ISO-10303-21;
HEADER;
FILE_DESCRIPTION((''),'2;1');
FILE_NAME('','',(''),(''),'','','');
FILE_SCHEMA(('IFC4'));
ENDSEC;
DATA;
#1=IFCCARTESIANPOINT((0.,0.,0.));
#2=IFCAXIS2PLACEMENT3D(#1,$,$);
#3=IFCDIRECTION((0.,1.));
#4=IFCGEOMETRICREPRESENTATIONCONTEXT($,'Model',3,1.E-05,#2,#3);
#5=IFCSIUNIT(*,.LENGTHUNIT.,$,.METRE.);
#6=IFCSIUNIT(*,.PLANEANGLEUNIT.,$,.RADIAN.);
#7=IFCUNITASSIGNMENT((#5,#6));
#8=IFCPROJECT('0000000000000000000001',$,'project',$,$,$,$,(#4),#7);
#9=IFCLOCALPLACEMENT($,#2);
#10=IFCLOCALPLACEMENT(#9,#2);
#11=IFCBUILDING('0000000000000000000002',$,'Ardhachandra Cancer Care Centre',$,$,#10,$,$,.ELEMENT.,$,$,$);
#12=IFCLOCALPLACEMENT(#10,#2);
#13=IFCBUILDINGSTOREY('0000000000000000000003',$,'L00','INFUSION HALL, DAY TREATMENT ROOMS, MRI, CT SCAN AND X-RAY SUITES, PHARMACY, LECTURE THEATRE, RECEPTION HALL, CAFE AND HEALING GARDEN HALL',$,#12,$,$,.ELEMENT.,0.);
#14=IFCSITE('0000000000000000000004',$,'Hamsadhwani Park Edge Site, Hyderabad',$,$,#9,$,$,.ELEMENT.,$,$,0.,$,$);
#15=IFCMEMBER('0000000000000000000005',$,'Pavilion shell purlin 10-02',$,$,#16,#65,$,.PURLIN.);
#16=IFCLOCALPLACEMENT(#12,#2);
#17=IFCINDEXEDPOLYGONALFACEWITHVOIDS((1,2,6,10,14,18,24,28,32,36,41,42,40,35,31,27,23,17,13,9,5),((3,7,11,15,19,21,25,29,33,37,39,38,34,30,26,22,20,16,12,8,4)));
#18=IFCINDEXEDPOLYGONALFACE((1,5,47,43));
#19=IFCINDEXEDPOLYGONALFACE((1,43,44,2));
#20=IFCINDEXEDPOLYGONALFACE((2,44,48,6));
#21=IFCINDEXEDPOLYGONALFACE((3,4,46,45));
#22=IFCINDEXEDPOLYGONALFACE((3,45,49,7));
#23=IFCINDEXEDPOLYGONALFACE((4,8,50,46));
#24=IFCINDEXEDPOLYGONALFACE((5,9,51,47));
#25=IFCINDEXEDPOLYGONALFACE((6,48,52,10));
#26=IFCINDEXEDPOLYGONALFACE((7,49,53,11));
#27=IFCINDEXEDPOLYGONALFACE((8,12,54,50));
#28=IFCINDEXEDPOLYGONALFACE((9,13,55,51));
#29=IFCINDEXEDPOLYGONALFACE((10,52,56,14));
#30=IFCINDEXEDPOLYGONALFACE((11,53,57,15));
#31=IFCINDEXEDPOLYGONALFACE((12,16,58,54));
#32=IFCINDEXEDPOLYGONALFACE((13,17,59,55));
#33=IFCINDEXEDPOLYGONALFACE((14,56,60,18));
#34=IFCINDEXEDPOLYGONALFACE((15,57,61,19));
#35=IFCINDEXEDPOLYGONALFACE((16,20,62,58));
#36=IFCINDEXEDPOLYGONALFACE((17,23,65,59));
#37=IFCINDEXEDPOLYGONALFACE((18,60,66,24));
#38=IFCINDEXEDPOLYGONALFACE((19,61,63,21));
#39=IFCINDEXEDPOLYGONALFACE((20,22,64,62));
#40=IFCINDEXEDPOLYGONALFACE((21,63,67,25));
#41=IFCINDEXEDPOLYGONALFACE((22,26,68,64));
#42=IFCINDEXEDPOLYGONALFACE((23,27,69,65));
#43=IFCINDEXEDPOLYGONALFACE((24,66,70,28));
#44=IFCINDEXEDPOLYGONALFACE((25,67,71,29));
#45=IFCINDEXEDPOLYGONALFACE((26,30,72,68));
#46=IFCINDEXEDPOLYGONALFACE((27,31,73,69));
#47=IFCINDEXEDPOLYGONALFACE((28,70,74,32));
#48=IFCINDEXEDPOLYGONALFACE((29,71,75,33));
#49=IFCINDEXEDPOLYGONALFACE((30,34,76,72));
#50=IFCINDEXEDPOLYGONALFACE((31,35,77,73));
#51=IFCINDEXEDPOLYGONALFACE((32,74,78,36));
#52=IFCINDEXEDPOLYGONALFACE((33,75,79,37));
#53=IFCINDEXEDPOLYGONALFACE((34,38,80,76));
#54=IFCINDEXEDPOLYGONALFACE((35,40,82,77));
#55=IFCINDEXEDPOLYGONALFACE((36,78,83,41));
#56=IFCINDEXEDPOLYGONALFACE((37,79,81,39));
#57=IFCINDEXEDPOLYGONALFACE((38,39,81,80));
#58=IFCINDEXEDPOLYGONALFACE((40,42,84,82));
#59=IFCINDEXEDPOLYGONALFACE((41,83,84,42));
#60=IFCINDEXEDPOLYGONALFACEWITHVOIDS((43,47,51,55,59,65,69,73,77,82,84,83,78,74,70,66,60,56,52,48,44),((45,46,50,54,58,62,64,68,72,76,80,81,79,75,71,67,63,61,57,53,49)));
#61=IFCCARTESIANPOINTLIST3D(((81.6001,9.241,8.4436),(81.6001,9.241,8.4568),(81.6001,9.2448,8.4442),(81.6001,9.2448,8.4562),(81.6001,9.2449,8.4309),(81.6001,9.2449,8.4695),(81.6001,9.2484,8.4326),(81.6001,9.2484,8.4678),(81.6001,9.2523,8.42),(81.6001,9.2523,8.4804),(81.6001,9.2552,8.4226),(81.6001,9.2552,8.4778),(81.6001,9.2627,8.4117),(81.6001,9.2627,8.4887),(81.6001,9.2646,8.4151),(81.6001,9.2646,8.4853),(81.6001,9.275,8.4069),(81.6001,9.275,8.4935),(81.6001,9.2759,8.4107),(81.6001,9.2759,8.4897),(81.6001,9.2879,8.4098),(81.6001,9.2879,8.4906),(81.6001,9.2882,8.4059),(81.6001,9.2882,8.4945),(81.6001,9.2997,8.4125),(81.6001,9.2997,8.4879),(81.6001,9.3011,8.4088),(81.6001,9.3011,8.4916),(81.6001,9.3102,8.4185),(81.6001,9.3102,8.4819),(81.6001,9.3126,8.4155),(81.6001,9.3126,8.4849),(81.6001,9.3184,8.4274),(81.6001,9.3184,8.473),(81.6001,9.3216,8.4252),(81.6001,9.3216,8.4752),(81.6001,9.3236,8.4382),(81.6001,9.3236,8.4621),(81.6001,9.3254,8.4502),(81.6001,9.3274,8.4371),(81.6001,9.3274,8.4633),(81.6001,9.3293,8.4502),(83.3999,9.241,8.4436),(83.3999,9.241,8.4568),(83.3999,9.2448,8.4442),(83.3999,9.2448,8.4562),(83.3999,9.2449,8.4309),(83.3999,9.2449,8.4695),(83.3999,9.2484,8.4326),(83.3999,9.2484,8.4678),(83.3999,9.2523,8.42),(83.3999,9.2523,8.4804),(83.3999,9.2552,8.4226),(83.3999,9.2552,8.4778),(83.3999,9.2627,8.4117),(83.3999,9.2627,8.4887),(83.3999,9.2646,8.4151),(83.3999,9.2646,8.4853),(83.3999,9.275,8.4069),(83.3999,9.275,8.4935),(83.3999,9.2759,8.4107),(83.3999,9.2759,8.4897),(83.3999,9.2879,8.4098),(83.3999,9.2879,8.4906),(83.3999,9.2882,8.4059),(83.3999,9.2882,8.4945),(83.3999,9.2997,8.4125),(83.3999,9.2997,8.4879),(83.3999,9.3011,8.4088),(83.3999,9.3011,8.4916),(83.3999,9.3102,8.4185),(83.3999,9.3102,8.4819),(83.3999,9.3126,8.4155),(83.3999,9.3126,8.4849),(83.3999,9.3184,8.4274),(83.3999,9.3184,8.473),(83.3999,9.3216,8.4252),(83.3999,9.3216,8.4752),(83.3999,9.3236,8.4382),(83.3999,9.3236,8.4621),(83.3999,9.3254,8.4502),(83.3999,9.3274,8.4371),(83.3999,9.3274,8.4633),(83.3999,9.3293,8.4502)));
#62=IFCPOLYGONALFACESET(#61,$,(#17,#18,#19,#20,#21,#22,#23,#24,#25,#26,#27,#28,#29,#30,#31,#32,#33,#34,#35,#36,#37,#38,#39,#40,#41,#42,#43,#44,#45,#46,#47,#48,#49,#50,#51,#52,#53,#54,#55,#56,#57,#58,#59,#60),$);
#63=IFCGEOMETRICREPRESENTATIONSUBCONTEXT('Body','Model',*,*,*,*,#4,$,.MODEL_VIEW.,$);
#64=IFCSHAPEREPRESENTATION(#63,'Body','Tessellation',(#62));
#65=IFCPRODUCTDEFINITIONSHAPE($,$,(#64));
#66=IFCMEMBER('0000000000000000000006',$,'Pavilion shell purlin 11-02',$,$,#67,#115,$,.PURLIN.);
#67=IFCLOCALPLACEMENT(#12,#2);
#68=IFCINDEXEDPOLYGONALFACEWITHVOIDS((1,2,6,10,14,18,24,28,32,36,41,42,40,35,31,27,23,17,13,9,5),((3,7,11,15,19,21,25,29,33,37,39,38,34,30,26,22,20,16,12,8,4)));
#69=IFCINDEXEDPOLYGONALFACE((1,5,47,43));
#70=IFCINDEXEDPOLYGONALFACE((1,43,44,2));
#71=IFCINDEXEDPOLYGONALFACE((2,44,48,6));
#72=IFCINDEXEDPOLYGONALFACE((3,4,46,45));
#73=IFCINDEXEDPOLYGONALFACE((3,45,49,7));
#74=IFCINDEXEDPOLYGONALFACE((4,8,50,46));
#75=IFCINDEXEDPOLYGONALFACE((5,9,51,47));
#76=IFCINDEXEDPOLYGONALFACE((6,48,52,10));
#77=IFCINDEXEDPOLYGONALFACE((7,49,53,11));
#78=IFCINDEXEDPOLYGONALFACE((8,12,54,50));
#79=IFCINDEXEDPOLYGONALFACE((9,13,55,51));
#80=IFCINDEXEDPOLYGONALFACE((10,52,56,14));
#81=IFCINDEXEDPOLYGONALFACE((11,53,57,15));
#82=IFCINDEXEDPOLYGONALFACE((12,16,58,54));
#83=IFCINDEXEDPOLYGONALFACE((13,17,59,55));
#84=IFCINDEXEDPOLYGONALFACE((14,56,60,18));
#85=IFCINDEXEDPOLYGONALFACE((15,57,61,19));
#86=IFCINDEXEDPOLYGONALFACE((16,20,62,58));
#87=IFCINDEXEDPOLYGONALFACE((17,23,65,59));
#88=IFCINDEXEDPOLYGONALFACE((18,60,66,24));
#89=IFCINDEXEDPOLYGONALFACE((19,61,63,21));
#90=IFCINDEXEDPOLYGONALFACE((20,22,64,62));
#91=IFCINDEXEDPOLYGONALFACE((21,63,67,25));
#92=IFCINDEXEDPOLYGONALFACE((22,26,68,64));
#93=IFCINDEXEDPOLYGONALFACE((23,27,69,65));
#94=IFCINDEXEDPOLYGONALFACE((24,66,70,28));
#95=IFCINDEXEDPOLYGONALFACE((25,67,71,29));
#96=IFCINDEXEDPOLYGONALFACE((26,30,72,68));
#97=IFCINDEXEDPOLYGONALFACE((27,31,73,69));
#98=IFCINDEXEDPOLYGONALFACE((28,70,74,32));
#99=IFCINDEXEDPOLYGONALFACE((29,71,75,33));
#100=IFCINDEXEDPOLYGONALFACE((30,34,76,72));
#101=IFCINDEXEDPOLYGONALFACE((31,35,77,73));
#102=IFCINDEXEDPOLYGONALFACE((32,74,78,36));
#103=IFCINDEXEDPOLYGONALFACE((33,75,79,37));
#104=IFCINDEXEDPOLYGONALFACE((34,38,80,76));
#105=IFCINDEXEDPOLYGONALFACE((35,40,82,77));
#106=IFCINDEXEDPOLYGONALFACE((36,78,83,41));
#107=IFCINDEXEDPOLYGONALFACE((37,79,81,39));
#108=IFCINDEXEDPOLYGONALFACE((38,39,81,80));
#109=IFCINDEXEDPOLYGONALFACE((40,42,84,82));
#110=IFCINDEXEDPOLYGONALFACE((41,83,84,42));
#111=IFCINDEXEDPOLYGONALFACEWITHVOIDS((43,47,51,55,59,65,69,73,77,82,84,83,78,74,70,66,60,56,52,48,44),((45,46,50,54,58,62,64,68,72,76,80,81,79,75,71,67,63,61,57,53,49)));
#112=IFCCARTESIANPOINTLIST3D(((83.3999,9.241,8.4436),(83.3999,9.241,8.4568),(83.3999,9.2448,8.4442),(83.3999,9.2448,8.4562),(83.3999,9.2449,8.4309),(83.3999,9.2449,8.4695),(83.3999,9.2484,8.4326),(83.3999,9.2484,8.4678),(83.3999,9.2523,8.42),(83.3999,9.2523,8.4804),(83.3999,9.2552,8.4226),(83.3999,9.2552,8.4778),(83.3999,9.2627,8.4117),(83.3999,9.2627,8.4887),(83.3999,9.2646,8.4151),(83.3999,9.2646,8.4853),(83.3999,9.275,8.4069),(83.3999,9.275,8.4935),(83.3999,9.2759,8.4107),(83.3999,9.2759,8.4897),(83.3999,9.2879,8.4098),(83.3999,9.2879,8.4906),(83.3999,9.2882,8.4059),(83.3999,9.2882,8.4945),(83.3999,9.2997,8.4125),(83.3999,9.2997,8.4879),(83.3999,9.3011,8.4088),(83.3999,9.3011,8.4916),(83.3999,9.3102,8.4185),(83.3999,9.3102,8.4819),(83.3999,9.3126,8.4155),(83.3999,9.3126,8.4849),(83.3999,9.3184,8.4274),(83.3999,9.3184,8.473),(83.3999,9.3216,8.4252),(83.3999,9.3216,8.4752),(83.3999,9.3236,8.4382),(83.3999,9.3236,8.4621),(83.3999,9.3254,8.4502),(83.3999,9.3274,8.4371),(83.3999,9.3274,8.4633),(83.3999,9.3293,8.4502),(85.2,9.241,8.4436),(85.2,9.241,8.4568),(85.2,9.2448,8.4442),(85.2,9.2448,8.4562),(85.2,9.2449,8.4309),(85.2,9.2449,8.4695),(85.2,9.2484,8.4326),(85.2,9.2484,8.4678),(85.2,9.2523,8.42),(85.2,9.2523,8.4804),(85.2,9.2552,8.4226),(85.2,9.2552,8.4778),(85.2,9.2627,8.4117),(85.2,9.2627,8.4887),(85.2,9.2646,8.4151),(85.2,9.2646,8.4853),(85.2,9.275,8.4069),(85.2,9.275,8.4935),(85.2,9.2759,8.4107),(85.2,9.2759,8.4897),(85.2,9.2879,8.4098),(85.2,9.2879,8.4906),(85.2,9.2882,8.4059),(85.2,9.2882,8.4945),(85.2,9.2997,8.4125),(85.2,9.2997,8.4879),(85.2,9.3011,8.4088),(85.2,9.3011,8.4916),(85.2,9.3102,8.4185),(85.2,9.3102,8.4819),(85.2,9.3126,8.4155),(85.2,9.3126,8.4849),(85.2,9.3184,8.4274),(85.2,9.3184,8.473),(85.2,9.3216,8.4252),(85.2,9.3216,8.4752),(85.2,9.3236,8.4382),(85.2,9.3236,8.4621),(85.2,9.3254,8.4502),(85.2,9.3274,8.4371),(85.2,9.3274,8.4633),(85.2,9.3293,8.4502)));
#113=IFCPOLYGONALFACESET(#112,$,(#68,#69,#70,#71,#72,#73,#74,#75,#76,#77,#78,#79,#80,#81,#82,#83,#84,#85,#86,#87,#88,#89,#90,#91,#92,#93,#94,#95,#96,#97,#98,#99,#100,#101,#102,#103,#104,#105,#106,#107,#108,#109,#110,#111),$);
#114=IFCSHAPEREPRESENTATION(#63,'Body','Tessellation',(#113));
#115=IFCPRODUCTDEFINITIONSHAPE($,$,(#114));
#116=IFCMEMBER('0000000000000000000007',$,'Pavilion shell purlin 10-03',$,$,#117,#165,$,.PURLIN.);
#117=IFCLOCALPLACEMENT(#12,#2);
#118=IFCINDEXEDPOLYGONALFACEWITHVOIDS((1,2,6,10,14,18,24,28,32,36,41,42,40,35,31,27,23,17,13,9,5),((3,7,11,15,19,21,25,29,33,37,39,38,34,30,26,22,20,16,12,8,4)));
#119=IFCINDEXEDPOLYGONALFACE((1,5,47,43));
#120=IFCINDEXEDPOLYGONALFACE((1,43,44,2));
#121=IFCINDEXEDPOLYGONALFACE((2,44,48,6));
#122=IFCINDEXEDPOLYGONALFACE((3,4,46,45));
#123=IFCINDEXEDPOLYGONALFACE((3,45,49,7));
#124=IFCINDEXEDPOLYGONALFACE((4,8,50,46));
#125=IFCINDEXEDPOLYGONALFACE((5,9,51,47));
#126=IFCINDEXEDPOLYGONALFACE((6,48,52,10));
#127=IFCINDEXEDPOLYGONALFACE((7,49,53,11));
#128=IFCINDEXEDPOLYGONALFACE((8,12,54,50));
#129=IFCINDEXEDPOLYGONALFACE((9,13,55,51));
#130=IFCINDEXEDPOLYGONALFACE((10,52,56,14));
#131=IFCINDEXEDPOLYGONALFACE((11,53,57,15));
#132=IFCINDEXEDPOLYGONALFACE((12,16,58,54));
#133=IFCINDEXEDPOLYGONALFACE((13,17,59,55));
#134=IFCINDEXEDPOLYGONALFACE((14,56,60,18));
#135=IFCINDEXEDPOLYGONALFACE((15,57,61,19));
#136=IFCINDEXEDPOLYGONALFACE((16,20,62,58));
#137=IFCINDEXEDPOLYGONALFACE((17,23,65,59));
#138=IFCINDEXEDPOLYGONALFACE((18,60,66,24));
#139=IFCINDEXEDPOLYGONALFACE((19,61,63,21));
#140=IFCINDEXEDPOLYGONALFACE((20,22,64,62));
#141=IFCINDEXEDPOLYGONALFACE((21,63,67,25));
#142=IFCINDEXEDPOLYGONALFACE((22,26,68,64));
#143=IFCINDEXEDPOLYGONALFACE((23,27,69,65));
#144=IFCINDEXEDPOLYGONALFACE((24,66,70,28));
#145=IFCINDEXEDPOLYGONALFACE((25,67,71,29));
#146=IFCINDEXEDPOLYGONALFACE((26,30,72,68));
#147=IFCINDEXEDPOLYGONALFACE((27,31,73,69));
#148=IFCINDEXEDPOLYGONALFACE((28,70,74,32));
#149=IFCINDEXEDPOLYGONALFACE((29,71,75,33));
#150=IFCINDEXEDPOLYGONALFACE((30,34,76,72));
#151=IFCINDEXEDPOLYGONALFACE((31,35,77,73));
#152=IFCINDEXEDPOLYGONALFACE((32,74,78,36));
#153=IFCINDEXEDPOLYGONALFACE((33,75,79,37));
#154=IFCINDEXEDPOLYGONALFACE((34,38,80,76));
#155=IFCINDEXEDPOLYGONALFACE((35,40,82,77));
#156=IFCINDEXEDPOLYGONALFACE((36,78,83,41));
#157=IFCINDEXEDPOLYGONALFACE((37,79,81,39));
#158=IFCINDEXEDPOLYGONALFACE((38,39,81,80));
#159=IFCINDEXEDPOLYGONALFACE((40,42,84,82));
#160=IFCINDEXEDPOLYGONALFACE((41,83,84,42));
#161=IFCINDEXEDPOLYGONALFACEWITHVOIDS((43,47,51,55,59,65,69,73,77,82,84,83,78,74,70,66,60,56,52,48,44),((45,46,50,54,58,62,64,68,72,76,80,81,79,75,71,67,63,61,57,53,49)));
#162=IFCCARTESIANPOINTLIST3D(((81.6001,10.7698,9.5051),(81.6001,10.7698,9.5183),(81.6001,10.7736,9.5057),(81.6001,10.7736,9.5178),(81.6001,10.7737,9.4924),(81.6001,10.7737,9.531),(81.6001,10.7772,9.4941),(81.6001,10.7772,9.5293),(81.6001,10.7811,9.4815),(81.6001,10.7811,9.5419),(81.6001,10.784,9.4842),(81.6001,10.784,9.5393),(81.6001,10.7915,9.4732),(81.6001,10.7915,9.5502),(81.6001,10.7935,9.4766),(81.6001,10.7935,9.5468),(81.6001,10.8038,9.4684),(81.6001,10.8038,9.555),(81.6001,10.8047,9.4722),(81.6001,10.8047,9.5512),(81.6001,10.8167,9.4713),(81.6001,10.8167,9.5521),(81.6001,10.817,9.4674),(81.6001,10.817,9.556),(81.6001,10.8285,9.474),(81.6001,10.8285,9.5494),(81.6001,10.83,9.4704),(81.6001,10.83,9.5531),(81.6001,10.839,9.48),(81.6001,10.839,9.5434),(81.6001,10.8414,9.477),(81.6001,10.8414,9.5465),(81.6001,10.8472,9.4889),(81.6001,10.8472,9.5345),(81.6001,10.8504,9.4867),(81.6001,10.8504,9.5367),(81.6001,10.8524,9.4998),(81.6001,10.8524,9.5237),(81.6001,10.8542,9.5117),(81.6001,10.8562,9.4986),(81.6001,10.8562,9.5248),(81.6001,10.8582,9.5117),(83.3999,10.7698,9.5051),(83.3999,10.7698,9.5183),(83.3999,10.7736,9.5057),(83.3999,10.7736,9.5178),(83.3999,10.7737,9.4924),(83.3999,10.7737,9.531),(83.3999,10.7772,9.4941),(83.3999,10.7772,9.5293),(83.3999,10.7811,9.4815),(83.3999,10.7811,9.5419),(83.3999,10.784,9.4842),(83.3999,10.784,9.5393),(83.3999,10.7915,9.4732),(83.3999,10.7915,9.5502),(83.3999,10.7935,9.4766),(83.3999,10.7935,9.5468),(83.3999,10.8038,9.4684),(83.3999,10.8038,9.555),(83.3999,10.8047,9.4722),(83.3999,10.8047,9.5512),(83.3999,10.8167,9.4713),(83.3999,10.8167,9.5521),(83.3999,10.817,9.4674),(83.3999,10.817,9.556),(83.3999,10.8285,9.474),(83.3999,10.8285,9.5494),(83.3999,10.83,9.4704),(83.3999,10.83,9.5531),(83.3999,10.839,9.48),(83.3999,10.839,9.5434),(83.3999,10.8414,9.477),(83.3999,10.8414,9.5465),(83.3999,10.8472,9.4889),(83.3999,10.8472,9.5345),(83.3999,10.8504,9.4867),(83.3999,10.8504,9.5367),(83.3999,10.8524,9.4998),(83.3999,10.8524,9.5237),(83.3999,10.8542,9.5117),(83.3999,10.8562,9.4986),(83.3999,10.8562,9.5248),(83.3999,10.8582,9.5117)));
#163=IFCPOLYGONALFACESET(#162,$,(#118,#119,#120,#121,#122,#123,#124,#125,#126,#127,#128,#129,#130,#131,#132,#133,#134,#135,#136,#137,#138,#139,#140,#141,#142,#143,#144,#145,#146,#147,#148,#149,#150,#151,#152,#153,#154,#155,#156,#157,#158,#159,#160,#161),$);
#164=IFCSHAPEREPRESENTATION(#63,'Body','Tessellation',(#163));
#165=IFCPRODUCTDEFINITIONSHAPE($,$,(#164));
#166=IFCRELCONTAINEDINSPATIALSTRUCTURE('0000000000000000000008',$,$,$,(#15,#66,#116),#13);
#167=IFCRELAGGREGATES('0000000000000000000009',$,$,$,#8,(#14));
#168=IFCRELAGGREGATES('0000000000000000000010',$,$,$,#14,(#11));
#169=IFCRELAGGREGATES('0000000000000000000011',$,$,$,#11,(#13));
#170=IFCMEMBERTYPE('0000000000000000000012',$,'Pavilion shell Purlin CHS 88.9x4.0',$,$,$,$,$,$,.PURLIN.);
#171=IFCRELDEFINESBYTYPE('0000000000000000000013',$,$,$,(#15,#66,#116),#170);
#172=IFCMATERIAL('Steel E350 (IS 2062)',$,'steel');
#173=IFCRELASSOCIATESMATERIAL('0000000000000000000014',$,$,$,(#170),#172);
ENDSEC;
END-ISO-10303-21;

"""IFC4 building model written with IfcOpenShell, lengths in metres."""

from ifc_helpers import new_model, si_unit, direction, frame, origin, origin_2d, place, context, subcontext, project, spatial, hollow_circle, extrude, material, material_profile, profile_set, type_object, element, save


model = new_model("IFC4")

# Units and contexts
model_context = context("Model", 3, precision=1e-05, world=origin(), true_north=direction((0.0, 1.0)))
body_context = subcontext(model_context, "Body", "Model", "MODEL_VIEW")
ifc_project = project(units=[si_unit("LENGTHUNIT", "METRE"), si_unit("PLANEANGLEUNIT", "RADIAN")], contexts=[model_context])

# Site, building, storey
site_placement = place(None, origin())
site = spatial("IfcSite", under=ifc_project, at=site_placement, Name="Hamsadhwani Park Edge Site, Hyderabad", CompositionType="ELEMENT", RefElevation=0.0)
building_placement = place(site_placement, origin())
building = spatial("IfcBuilding", under=site, at=building_placement, Name="Ardhachandra Cancer Care Centre", CompositionType="ELEMENT")
storey_placement = place(building_placement, origin())
storey = spatial("IfcBuildingStorey", under=building, at=storey_placement, Name="L00", Description="INFUSION HALL, DAY TREATMENT ROOMS, MRI, CT SCAN AND X-RAY SUITES, PHARMACY, LECTURE THEATRE, RECEPTION HALL, CAFE AND HEALING GARDEN HALL", CompositionType="ELEMENT", Elevation=0.0)

# Members
ifc_material_1 = material(Name="Steel E350 (IS 2062)", Category="steel")
ifc_material_profile_1 = material_profile(ifc_material_1, hollow_circle(Radius=0.0444, WallThickness=0.0039, at=origin_2d()), Name="CHS 88.9x4.0")
ifc_profile_set_1 = profile_set([ifc_material_profile_1], Name="Steel E350 (IS 2062)")
member_type_1 = type_object("IfcMemberType", Name="Pavilion shell Purlin CHS 88.9x4.0", PredefinedType="PURLIN", material=ifc_profile_set_1)
member_1_placement = place(storey_placement, frame((81.6001, 9.2849, 8.4502), z_axis=(1.0, 0.0, 0.0), x_axis=(0.0, 1.0, 0.0)))
element("IfcMember", 1, at=member_1_placement, inside=storey, type_object=member_type_1, Name="Pavilion shell purlin 10-02", PredefinedType="PURLIN", context=body_context, shape_type="SweptSolid", body=[
    extrude(hollow_circle(Radius=0.0444, WallThickness=0.0039, at=origin_2d()), origin(), (0.0, 0.0, 1.0), 1.7998),
])
member_2_placement = place(storey_placement, frame((83.3999, 9.2849, 8.4502), z_axis=(1.0, 0.0, 0.0), x_axis=(0.0, 1.0, 0.0)))
element("IfcMember", 2, at=member_2_placement, inside=storey, type_object=member_type_1, Name="Pavilion shell purlin 11-02", PredefinedType="PURLIN", context=body_context, shape_type="SweptSolid", body=[
    extrude(hollow_circle(Radius=0.0444, WallThickness=0.0039, at=origin_2d()), origin(), (0.0, 0.0, 1.0), 1.8),
])
member_3_placement = place(storey_placement, frame((81.6001, 10.8137, 9.5117), z_axis=(1.0, 0.0, 0.0), x_axis=(0.0, 1.0, 0.0)))
element("IfcMember", 3, at=member_3_placement, inside=storey, type_object=member_type_1, Name="Pavilion shell purlin 10-03", PredefinedType="PURLIN", context=body_context, shape_type="SweptSolid", body=[
    extrude(hollow_circle(Radius=0.0444, WallThickness=0.0039, at=origin_2d()), origin(), (0.0, 0.0, 1.0), 1.7998),
])

save(model, "model.ifc")
